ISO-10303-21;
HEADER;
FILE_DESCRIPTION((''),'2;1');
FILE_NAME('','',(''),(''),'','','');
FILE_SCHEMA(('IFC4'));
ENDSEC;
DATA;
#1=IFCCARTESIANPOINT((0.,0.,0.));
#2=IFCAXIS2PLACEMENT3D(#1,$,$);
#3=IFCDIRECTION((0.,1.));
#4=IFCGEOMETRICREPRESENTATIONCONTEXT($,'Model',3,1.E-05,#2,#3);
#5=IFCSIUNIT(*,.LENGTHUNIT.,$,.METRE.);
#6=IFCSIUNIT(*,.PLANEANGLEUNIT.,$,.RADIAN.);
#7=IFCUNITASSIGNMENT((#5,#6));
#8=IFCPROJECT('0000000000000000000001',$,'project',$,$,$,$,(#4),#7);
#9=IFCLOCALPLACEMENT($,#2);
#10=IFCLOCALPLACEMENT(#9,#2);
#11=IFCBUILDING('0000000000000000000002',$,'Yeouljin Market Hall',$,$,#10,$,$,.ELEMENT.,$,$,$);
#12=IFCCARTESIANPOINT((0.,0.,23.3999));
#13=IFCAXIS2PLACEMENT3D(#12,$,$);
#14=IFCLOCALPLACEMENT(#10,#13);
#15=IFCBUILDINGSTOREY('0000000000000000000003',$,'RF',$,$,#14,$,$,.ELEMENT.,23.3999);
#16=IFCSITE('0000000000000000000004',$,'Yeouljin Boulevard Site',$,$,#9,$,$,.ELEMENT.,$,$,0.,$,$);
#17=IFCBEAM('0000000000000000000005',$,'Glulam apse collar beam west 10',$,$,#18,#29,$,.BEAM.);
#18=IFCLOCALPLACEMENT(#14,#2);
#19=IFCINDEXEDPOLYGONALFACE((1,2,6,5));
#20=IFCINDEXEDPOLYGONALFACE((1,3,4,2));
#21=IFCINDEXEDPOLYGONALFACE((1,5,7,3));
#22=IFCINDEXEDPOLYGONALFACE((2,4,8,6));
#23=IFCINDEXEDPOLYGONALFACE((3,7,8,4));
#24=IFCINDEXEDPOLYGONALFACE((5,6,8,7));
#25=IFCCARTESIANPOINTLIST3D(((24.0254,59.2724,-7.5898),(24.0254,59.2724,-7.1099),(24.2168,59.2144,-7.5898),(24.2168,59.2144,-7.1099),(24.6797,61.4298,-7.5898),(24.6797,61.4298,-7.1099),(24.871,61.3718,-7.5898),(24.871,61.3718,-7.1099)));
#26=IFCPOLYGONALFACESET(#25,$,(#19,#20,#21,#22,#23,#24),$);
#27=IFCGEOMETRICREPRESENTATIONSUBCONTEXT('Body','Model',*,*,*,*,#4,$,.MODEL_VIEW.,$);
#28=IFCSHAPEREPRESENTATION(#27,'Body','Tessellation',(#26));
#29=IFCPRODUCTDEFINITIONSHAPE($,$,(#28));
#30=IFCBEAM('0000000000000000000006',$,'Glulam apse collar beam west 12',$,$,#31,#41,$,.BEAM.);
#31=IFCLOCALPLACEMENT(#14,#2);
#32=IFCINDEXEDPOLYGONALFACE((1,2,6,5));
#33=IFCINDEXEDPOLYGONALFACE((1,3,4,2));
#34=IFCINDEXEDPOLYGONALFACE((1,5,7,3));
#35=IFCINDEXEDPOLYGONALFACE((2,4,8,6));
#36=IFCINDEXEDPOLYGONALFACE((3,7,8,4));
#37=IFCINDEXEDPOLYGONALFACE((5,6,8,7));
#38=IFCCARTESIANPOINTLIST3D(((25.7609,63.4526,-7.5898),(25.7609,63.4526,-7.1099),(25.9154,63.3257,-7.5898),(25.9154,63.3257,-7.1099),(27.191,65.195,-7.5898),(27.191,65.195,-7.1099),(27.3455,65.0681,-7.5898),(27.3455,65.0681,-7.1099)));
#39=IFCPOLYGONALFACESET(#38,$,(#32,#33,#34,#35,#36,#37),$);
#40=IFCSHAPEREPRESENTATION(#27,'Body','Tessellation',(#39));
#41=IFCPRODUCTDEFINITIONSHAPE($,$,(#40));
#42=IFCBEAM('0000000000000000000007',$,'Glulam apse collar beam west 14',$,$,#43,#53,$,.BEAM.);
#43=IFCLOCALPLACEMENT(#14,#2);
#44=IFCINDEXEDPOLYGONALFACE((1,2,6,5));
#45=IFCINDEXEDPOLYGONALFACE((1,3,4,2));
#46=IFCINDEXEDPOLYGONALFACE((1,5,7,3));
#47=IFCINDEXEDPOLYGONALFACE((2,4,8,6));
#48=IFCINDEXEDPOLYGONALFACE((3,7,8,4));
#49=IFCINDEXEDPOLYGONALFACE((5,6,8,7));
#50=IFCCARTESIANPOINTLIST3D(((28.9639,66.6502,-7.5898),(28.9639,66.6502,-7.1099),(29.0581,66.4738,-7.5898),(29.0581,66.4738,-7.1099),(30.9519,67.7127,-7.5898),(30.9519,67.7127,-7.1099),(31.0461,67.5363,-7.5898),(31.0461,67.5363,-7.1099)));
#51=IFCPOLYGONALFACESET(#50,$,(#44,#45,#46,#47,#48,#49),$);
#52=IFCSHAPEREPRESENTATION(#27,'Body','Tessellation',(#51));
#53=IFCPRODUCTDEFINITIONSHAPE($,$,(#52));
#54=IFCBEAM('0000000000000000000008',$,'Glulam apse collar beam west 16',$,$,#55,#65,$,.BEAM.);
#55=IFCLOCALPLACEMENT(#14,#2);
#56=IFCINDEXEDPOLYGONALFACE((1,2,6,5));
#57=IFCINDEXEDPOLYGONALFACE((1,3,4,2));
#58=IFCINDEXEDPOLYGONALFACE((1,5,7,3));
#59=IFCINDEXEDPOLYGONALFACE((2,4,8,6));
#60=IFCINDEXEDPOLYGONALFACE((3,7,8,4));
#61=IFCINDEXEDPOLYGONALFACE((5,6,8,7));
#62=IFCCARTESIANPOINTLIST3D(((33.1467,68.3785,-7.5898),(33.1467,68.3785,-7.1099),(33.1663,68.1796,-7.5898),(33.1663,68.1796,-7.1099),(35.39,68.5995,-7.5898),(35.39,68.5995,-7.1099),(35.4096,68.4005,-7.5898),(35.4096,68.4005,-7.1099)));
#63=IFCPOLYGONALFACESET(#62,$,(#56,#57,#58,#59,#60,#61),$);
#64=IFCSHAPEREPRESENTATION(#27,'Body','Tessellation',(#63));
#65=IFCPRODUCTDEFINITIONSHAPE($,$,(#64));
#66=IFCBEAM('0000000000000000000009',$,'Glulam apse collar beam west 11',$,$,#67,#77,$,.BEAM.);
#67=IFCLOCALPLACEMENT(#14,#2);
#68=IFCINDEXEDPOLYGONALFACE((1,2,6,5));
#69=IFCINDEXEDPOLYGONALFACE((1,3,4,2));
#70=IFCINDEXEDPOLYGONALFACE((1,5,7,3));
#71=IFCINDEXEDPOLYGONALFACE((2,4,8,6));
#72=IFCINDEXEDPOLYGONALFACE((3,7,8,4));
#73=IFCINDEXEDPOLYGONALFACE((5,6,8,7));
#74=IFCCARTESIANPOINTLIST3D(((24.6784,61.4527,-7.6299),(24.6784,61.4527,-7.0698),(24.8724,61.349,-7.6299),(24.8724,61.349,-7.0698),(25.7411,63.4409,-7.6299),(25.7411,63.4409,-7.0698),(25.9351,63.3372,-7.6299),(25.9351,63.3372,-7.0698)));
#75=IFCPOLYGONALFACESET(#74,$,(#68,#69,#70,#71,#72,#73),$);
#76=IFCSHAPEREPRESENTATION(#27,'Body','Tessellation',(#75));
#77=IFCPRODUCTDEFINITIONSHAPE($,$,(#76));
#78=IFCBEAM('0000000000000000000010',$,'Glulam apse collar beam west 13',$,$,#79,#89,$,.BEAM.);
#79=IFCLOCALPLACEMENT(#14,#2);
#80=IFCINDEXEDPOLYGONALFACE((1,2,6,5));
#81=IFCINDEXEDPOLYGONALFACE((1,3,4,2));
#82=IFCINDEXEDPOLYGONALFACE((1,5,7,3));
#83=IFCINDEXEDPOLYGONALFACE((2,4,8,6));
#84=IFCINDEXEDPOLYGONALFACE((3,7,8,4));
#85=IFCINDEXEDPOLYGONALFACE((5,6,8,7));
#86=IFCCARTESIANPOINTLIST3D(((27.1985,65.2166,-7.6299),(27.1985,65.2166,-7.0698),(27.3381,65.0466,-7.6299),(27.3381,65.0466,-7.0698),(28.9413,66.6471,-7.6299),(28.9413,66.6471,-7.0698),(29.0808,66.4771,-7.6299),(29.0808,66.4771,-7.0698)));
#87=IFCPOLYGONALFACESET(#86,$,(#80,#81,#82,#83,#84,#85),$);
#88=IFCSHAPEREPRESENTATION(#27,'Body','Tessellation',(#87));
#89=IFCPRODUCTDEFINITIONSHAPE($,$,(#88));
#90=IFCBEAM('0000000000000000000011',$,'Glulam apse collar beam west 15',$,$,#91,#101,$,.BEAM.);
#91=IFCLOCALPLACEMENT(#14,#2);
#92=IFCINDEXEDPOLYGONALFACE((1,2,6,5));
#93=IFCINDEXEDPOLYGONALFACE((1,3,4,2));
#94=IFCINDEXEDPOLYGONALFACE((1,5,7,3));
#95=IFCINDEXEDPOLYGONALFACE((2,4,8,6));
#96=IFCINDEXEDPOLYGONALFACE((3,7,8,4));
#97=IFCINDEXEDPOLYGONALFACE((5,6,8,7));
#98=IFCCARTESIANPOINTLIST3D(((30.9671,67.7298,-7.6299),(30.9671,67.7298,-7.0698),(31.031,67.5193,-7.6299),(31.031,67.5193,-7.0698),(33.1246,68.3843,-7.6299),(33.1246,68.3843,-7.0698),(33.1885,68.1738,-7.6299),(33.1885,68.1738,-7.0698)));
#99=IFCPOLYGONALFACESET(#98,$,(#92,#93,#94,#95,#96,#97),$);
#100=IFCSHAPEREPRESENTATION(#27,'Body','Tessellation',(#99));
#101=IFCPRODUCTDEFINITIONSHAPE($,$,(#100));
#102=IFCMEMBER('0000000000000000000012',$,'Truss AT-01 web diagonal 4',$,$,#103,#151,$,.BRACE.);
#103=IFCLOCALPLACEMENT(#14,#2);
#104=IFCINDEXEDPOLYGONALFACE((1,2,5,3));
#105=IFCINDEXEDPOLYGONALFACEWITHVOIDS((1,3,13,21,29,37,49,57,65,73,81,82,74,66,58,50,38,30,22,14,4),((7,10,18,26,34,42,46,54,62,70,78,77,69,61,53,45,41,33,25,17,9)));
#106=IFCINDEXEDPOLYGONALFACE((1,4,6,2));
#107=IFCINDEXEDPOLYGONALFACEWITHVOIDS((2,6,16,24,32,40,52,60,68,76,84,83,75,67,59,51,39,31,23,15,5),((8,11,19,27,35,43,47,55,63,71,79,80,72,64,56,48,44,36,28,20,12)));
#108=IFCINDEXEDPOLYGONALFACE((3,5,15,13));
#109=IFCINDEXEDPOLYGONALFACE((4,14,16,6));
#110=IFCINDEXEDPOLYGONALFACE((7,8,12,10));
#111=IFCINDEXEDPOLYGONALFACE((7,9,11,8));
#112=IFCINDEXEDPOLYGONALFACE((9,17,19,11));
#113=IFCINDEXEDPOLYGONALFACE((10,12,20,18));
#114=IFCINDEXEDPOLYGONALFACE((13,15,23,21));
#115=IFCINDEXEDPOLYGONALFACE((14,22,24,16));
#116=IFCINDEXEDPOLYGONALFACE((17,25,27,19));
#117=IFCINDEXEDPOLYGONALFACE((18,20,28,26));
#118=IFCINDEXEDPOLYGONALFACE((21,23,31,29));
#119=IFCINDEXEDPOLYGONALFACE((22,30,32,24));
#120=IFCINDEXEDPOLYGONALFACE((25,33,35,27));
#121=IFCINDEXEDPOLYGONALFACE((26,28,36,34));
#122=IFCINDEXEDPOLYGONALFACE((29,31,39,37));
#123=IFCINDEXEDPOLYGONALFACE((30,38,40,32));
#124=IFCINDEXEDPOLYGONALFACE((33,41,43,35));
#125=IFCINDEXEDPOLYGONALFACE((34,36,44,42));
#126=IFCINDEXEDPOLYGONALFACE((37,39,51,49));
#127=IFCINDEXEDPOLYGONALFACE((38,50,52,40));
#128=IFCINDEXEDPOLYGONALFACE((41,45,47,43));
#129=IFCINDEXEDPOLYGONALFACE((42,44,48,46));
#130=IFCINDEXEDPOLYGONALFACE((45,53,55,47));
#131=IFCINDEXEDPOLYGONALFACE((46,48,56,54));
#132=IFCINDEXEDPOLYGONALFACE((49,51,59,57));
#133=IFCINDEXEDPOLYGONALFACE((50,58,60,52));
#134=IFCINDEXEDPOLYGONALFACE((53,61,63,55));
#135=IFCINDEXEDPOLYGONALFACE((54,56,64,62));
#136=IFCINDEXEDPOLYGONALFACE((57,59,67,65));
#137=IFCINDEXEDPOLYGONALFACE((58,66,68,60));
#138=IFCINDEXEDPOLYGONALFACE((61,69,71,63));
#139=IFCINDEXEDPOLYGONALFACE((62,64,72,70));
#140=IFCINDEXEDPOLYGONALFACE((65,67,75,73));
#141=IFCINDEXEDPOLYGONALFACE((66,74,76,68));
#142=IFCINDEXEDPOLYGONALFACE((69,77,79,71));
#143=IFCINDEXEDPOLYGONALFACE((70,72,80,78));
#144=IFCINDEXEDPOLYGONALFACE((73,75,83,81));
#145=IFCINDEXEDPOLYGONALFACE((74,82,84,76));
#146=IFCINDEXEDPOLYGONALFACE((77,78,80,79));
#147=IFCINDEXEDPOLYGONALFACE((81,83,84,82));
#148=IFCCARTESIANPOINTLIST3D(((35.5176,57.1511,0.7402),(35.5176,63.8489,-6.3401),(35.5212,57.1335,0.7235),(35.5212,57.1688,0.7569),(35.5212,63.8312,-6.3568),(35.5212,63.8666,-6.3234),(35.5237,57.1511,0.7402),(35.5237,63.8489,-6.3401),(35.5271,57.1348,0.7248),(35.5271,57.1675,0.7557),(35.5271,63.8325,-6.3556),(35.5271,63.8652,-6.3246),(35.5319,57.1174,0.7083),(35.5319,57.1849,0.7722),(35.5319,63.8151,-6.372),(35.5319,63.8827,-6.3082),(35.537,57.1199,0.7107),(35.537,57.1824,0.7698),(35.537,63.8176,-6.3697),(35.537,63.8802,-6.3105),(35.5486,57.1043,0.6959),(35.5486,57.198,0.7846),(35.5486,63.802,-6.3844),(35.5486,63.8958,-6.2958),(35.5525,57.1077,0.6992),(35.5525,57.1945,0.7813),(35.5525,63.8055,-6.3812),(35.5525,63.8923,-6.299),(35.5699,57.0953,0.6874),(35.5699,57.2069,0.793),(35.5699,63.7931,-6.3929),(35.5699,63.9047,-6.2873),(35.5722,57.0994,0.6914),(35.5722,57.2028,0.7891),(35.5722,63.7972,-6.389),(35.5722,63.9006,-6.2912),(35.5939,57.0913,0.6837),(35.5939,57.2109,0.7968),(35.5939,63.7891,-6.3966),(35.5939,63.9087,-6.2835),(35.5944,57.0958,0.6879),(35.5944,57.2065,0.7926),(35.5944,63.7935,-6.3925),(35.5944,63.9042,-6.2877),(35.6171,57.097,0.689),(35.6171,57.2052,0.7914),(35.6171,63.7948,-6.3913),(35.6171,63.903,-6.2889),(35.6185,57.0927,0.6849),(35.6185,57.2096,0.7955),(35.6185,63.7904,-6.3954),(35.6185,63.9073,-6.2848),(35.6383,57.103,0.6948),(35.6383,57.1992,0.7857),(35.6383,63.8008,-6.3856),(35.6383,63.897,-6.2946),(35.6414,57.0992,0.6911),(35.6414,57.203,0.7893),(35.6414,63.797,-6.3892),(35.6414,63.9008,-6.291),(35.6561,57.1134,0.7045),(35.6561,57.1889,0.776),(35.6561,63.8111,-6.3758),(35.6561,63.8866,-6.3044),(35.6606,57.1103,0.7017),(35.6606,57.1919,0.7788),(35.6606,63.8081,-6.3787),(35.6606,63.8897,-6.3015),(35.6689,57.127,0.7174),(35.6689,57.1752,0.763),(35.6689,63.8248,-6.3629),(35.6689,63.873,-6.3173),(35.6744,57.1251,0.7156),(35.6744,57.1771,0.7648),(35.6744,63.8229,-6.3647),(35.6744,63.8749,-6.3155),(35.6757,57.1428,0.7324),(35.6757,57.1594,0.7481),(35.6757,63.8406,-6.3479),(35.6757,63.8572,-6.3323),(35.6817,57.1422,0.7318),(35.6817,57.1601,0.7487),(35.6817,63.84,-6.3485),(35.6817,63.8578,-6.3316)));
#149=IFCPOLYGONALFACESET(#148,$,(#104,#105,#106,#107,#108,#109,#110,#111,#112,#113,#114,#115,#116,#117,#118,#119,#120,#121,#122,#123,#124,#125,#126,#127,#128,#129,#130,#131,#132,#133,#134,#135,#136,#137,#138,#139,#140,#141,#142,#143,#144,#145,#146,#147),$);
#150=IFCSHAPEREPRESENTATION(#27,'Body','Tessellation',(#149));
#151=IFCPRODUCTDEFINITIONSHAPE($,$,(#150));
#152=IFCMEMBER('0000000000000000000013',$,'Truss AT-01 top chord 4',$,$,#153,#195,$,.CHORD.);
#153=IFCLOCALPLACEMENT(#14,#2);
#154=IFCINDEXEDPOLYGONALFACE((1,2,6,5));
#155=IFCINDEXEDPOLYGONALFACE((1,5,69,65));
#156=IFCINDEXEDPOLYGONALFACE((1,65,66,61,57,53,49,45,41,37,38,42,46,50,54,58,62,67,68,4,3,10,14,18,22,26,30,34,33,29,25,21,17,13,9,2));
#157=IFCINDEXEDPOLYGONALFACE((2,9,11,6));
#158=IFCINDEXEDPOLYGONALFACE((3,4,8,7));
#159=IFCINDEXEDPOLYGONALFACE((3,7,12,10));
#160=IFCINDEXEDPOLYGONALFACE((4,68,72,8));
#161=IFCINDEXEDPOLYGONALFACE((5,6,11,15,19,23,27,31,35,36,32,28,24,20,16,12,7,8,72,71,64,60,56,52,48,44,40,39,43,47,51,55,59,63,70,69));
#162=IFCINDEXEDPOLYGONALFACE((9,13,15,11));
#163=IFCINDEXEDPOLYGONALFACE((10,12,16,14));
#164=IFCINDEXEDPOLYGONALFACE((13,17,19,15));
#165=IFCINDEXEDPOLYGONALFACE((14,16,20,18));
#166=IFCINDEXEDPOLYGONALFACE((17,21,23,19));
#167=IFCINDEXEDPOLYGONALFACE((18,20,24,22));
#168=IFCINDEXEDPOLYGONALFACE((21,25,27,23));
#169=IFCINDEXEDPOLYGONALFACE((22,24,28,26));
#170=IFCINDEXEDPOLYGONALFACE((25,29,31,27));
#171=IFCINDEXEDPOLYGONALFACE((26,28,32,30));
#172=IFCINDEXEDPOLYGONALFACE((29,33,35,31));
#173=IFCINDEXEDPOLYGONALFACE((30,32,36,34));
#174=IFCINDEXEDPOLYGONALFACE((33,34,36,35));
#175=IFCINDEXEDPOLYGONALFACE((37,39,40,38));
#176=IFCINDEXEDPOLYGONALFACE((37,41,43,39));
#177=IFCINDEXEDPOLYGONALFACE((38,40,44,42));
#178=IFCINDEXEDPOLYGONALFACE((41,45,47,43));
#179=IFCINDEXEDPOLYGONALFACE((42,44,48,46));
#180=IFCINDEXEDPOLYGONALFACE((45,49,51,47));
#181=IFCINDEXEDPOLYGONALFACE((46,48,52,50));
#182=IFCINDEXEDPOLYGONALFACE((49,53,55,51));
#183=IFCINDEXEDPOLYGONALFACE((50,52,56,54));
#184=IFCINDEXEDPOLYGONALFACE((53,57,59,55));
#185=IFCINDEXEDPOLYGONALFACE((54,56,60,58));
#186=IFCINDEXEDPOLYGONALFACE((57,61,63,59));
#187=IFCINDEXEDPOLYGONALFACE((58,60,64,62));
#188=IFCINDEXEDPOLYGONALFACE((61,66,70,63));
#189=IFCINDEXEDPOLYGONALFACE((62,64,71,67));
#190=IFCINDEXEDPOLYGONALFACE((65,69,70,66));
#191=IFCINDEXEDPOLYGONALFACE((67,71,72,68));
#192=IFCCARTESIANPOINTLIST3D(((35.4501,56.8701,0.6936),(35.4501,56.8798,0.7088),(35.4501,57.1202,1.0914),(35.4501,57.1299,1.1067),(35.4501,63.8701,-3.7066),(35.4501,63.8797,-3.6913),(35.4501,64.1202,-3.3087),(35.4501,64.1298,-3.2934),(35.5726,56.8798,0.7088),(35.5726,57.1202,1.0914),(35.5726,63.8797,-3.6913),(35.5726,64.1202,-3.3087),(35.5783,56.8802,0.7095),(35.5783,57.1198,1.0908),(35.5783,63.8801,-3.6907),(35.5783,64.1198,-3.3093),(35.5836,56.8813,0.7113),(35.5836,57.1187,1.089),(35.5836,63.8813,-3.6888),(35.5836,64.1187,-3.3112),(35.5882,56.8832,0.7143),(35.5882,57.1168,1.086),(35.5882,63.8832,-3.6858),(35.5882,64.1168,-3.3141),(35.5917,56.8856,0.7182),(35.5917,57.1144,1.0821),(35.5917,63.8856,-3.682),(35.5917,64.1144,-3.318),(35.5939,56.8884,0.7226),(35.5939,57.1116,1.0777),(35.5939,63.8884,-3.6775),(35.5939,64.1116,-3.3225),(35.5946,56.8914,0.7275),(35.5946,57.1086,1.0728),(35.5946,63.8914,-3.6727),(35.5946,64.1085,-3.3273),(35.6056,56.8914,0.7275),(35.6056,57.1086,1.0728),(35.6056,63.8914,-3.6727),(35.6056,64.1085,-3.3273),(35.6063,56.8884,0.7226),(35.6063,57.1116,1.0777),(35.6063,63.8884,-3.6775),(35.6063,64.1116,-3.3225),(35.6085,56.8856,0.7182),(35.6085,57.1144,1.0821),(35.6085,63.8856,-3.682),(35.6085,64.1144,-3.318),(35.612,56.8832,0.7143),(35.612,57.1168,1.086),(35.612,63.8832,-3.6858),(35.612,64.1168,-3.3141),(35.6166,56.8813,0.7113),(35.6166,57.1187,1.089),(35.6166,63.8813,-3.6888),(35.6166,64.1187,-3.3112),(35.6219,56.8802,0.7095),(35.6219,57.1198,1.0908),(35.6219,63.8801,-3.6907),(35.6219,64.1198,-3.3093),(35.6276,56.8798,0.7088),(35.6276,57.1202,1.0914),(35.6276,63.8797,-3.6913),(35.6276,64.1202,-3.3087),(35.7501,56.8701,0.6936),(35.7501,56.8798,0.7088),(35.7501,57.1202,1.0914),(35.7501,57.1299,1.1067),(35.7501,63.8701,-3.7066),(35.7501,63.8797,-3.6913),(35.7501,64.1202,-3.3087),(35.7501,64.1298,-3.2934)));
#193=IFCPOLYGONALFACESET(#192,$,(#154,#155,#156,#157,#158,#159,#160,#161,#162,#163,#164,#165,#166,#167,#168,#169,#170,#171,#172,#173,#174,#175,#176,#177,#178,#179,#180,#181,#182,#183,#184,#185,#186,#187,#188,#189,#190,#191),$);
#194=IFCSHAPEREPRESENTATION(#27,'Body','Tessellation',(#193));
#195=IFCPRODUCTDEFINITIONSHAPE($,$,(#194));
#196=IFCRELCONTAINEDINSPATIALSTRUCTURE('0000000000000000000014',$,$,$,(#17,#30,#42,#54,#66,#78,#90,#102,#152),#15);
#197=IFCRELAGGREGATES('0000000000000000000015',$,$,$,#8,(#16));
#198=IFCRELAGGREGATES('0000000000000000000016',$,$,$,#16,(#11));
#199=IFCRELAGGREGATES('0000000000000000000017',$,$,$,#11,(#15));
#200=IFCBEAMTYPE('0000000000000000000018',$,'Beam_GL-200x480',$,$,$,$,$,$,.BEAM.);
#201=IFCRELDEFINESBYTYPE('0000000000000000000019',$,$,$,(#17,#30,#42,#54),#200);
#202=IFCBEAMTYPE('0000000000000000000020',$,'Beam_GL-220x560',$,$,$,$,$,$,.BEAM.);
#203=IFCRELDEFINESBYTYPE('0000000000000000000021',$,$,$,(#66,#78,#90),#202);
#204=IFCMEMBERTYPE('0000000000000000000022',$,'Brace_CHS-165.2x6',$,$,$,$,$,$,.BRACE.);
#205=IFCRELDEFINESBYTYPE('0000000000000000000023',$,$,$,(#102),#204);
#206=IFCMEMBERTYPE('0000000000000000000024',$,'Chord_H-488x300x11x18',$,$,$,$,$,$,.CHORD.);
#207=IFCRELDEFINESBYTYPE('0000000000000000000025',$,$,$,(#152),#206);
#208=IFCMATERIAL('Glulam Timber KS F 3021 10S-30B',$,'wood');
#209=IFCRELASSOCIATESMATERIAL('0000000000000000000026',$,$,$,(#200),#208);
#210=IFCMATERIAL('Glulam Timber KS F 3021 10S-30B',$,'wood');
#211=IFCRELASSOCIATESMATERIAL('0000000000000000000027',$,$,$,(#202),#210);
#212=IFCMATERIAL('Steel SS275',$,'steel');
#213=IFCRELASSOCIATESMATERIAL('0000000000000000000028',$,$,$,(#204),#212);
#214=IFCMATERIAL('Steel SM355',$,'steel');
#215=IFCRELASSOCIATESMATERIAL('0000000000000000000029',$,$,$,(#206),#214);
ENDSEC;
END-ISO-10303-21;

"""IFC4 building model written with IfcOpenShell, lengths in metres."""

from ifc_helpers import new_model, si_unit, direction, frame, origin, origin_2d, place, context, subcontext, project, spatial, rectangle, hollow_circle, i_section, extrude, material, material_profile, profile_set, type_object, element, save


model = new_model("IFC4")

# Units and contexts
model_context = context("Model", 3, precision=1e-05, world=origin(), true_north=direction((0.0, 1.0)))
body_context = subcontext(model_context, "Body", "Model", "MODEL_VIEW")
ifc_project = project(units=[si_unit("LENGTHUNIT", "METRE"), si_unit("PLANEANGLEUNIT", "RADIAN")], contexts=[model_context])

# Site, building, storey
site_placement = place(None, origin())
site = spatial("IfcSite", under=ifc_project, at=site_placement, Name="Yeouljin Boulevard Site", CompositionType="ELEMENT", RefElevation=0.0)
building_placement = place(site_placement, origin())
building = spatial("IfcBuilding", under=site, at=building_placement, Name="Yeouljin Market Hall", CompositionType="ELEMENT")
storey_placement = place(building_placement, frame((0.0, 0.0, 23.3999)))
storey = spatial("IfcBuildingStorey", under=building, at=storey_placement, Name="RF", CompositionType="ELEMENT", Elevation=23.3999)

# Beams
ifc_material_1 = material(Name="Glulam Timber KS F 3021 10S-30B", Category="wood")
ifc_material_profile_1 = material_profile(ifc_material_1, rectangle(XDim=0.2, YDim=0.48, at=origin_2d()), Name="GL-200x480")
ifc_profile_set_1 = profile_set([ifc_material_profile_1], Name="Glulam Timber KS F 3021 10S-30B")
beam_type_1 = type_object("IfcBeamType", Name="Beam_GL-200x480", PredefinedType="BEAM", material=ifc_profile_set_1)
beam_1_placement = place(storey_placement, frame((24.1211, 59.2434, -7.3499), z_axis=(0.290218, 0.956961, 0.0), x_axis=(-0.956961, 0.290218, 0.0)))
element("IfcBeam", 1, at=beam_1_placement, inside=storey, type_object=beam_type_1, Name="Glulam apse collar beam west 10", PredefinedType="BEAM", context=body_context, shape_type="SweptSolid", body=[
    extrude(rectangle(XDim=0.2, YDim=0.48, at=origin_2d()), origin(), (0.0, 0.0, 1.0), 2.2544),
])
for number, where, z_axis, x_axis, name in (
    (2, (25.8381, 63.3892, -7.3499), (0.634446, 0.772967, 0.0), (-0.772967, 0.634446, 0.0), "Glulam apse collar beam west 12"),
    (3, (29.011, 66.562, -7.3499), (0.881945, 0.471353, 0.0), (-0.471353, 0.881945, 0.0), "Glulam apse collar beam west 14"),
    (4, (33.1565, 68.2791, -7.3499), (0.995185, 0.098013, 0.0), (-0.098013, 0.995185, 0.0), "Glulam apse collar beam west 16"),
):
    element("IfcBeam", number, at=place(storey_placement, frame(where, z_axis=z_axis, x_axis=x_axis)), inside=storey, type_object=beam_type_1, Name=name, PredefinedType="BEAM", context=body_context, shape_type="SweptSolid", body=[
        extrude(rectangle(XDim=0.2, YDim=0.48, at=origin_2d()), origin(), (0.0, 0.0, 1.0), 2.2542),
    ])
ifc_material_2 = material(Name="Glulam Timber KS F 3021 10S-30B", Category="wood")
ifc_material_profile_2 = material_profile(ifc_material_2, rectangle(XDim=0.22, YDim=0.5601, at=origin_2d()), Name="GL-220x560")
ifc_profile_set_2 = profile_set([ifc_material_profile_2], Name="Glulam Timber KS F 3021 10S-30B")
beam_type_2 = type_object("IfcBeamType", Name="Beam_GL-220x560", PredefinedType="BEAM", material=ifc_profile_set_2)
beam_2_placement = place(storey_placement, frame((24.7754, 61.4009, -7.3499), z_axis=(0.471392, 0.881924, 0.0), x_axis=(-0.881924, 0.471392, 0.0)))
element("IfcBeam", 5, at=beam_2_placement, inside=storey, type_object=beam_type_2, Name="Glulam apse collar beam west 11", PredefinedType="BEAM", context=body_context, shape_type="SweptSolid", body=[
    extrude(rectangle(XDim=0.22, YDim=0.5601, at=origin_2d()), origin(), (0.0, 0.0, 1.0), 2.2544),
])
for number, where, z_axis, x_axis, name in (
    (6, (27.2683, 65.1316, -7.3499), (0.772958, 0.634458, 0.0), (-0.634458, 0.772958, 0.0), "Glulam apse collar beam west 13"),
    (7, (30.999, 67.6245, -7.3499), (0.956931, 0.290317, 0.0), (-0.290317, 0.956931, 0.0), "Glulam apse collar beam west 15"),
):
    element("IfcBeam", number, at=place(storey_placement, frame(where, z_axis=z_axis, x_axis=x_axis)), inside=storey, type_object=beam_type_2, Name=name, PredefinedType="BEAM", context=body_context, shape_type="SweptSolid", body=[
        extrude(rectangle(XDim=0.22, YDim=0.5601, at=origin_2d()), origin(), (0.0, 0.0, 1.0), 2.2546),
    ])

# Members
ifc_material_3 = material(Name="Steel SS275", Category="steel")
ifc_material_profile_3 = material_profile(ifc_material_3, hollow_circle(Radius=0.0825, WallThickness=0.0061, at=origin_2d()), Name="CHS-165.2x6")
ifc_profile_set_3 = profile_set([ifc_material_profile_3], Name="Steel SS275")
member_type_1 = type_object("IfcMemberType", Name="Brace_CHS-165.2x6", PredefinedType="BRACE", material=ifc_profile_set_3)
member_1_placement = place(storey_placement, frame((35.6001, 57.1511, 0.7402), z_axis=(0.0, 0.687208, -0.726461), x_axis=(-1.0, 0.0, 0.0)))
element("IfcMember", 8, at=member_1_placement, inside=storey, type_object=member_type_1, Name="Truss AT-01 web diagonal 4", PredefinedType="BRACE", context=body_context, shape_type="SweptSolid", body=[
    extrude(hollow_circle(Radius=0.0825, WallThickness=0.0061, at=origin_2d()), origin(), (0.0, 0.0, 1.0), 9.7463),
])
ifc_material_4 = material(Name="Steel SM355", Category="steel")
ifc_material_profile_4 = material_profile(ifc_material_4, i_section(OverallWidth=0.3, OverallDepth=0.488, WebThickness=0.011, FlangeThickness=0.0181, FilletRadius=0.022, at=origin_2d()), Name="H-488x300x11x18")
ifc_profile_set_4 = profile_set([ifc_material_profile_4], Name="Steel SM355")
member_type_2 = type_object("IfcMemberType", Name="Chord_H-488x300x11x18", PredefinedType="CHORD", material=ifc_profile_set_4)
for number, where, z_axis, x_axis, name in (
    (9, (35.6001, 57.0, 0.9001), (0.0, 0.846629, -0.532184), (-1.0, 0.0, 0.0), "Truss AT-01 top chord 4"),
):
    element("IfcMember", number, at=place(storey_placement, frame(where, z_axis=z_axis, x_axis=x_axis)), inside=storey, type_object=member_type_2, Name=name, PredefinedType="CHORD", context=body_context, shape_type="SweptSolid", body=[
        extrude(i_section(OverallWidth=0.3, OverallDepth=0.488, WebThickness=0.011, FlangeThickness=0.0181, FilletRadius=0.022, at=origin_2d()), origin(), (0.0, 0.0, 1.0), 8.2681),
    ])

save(model, "model.ifc")
